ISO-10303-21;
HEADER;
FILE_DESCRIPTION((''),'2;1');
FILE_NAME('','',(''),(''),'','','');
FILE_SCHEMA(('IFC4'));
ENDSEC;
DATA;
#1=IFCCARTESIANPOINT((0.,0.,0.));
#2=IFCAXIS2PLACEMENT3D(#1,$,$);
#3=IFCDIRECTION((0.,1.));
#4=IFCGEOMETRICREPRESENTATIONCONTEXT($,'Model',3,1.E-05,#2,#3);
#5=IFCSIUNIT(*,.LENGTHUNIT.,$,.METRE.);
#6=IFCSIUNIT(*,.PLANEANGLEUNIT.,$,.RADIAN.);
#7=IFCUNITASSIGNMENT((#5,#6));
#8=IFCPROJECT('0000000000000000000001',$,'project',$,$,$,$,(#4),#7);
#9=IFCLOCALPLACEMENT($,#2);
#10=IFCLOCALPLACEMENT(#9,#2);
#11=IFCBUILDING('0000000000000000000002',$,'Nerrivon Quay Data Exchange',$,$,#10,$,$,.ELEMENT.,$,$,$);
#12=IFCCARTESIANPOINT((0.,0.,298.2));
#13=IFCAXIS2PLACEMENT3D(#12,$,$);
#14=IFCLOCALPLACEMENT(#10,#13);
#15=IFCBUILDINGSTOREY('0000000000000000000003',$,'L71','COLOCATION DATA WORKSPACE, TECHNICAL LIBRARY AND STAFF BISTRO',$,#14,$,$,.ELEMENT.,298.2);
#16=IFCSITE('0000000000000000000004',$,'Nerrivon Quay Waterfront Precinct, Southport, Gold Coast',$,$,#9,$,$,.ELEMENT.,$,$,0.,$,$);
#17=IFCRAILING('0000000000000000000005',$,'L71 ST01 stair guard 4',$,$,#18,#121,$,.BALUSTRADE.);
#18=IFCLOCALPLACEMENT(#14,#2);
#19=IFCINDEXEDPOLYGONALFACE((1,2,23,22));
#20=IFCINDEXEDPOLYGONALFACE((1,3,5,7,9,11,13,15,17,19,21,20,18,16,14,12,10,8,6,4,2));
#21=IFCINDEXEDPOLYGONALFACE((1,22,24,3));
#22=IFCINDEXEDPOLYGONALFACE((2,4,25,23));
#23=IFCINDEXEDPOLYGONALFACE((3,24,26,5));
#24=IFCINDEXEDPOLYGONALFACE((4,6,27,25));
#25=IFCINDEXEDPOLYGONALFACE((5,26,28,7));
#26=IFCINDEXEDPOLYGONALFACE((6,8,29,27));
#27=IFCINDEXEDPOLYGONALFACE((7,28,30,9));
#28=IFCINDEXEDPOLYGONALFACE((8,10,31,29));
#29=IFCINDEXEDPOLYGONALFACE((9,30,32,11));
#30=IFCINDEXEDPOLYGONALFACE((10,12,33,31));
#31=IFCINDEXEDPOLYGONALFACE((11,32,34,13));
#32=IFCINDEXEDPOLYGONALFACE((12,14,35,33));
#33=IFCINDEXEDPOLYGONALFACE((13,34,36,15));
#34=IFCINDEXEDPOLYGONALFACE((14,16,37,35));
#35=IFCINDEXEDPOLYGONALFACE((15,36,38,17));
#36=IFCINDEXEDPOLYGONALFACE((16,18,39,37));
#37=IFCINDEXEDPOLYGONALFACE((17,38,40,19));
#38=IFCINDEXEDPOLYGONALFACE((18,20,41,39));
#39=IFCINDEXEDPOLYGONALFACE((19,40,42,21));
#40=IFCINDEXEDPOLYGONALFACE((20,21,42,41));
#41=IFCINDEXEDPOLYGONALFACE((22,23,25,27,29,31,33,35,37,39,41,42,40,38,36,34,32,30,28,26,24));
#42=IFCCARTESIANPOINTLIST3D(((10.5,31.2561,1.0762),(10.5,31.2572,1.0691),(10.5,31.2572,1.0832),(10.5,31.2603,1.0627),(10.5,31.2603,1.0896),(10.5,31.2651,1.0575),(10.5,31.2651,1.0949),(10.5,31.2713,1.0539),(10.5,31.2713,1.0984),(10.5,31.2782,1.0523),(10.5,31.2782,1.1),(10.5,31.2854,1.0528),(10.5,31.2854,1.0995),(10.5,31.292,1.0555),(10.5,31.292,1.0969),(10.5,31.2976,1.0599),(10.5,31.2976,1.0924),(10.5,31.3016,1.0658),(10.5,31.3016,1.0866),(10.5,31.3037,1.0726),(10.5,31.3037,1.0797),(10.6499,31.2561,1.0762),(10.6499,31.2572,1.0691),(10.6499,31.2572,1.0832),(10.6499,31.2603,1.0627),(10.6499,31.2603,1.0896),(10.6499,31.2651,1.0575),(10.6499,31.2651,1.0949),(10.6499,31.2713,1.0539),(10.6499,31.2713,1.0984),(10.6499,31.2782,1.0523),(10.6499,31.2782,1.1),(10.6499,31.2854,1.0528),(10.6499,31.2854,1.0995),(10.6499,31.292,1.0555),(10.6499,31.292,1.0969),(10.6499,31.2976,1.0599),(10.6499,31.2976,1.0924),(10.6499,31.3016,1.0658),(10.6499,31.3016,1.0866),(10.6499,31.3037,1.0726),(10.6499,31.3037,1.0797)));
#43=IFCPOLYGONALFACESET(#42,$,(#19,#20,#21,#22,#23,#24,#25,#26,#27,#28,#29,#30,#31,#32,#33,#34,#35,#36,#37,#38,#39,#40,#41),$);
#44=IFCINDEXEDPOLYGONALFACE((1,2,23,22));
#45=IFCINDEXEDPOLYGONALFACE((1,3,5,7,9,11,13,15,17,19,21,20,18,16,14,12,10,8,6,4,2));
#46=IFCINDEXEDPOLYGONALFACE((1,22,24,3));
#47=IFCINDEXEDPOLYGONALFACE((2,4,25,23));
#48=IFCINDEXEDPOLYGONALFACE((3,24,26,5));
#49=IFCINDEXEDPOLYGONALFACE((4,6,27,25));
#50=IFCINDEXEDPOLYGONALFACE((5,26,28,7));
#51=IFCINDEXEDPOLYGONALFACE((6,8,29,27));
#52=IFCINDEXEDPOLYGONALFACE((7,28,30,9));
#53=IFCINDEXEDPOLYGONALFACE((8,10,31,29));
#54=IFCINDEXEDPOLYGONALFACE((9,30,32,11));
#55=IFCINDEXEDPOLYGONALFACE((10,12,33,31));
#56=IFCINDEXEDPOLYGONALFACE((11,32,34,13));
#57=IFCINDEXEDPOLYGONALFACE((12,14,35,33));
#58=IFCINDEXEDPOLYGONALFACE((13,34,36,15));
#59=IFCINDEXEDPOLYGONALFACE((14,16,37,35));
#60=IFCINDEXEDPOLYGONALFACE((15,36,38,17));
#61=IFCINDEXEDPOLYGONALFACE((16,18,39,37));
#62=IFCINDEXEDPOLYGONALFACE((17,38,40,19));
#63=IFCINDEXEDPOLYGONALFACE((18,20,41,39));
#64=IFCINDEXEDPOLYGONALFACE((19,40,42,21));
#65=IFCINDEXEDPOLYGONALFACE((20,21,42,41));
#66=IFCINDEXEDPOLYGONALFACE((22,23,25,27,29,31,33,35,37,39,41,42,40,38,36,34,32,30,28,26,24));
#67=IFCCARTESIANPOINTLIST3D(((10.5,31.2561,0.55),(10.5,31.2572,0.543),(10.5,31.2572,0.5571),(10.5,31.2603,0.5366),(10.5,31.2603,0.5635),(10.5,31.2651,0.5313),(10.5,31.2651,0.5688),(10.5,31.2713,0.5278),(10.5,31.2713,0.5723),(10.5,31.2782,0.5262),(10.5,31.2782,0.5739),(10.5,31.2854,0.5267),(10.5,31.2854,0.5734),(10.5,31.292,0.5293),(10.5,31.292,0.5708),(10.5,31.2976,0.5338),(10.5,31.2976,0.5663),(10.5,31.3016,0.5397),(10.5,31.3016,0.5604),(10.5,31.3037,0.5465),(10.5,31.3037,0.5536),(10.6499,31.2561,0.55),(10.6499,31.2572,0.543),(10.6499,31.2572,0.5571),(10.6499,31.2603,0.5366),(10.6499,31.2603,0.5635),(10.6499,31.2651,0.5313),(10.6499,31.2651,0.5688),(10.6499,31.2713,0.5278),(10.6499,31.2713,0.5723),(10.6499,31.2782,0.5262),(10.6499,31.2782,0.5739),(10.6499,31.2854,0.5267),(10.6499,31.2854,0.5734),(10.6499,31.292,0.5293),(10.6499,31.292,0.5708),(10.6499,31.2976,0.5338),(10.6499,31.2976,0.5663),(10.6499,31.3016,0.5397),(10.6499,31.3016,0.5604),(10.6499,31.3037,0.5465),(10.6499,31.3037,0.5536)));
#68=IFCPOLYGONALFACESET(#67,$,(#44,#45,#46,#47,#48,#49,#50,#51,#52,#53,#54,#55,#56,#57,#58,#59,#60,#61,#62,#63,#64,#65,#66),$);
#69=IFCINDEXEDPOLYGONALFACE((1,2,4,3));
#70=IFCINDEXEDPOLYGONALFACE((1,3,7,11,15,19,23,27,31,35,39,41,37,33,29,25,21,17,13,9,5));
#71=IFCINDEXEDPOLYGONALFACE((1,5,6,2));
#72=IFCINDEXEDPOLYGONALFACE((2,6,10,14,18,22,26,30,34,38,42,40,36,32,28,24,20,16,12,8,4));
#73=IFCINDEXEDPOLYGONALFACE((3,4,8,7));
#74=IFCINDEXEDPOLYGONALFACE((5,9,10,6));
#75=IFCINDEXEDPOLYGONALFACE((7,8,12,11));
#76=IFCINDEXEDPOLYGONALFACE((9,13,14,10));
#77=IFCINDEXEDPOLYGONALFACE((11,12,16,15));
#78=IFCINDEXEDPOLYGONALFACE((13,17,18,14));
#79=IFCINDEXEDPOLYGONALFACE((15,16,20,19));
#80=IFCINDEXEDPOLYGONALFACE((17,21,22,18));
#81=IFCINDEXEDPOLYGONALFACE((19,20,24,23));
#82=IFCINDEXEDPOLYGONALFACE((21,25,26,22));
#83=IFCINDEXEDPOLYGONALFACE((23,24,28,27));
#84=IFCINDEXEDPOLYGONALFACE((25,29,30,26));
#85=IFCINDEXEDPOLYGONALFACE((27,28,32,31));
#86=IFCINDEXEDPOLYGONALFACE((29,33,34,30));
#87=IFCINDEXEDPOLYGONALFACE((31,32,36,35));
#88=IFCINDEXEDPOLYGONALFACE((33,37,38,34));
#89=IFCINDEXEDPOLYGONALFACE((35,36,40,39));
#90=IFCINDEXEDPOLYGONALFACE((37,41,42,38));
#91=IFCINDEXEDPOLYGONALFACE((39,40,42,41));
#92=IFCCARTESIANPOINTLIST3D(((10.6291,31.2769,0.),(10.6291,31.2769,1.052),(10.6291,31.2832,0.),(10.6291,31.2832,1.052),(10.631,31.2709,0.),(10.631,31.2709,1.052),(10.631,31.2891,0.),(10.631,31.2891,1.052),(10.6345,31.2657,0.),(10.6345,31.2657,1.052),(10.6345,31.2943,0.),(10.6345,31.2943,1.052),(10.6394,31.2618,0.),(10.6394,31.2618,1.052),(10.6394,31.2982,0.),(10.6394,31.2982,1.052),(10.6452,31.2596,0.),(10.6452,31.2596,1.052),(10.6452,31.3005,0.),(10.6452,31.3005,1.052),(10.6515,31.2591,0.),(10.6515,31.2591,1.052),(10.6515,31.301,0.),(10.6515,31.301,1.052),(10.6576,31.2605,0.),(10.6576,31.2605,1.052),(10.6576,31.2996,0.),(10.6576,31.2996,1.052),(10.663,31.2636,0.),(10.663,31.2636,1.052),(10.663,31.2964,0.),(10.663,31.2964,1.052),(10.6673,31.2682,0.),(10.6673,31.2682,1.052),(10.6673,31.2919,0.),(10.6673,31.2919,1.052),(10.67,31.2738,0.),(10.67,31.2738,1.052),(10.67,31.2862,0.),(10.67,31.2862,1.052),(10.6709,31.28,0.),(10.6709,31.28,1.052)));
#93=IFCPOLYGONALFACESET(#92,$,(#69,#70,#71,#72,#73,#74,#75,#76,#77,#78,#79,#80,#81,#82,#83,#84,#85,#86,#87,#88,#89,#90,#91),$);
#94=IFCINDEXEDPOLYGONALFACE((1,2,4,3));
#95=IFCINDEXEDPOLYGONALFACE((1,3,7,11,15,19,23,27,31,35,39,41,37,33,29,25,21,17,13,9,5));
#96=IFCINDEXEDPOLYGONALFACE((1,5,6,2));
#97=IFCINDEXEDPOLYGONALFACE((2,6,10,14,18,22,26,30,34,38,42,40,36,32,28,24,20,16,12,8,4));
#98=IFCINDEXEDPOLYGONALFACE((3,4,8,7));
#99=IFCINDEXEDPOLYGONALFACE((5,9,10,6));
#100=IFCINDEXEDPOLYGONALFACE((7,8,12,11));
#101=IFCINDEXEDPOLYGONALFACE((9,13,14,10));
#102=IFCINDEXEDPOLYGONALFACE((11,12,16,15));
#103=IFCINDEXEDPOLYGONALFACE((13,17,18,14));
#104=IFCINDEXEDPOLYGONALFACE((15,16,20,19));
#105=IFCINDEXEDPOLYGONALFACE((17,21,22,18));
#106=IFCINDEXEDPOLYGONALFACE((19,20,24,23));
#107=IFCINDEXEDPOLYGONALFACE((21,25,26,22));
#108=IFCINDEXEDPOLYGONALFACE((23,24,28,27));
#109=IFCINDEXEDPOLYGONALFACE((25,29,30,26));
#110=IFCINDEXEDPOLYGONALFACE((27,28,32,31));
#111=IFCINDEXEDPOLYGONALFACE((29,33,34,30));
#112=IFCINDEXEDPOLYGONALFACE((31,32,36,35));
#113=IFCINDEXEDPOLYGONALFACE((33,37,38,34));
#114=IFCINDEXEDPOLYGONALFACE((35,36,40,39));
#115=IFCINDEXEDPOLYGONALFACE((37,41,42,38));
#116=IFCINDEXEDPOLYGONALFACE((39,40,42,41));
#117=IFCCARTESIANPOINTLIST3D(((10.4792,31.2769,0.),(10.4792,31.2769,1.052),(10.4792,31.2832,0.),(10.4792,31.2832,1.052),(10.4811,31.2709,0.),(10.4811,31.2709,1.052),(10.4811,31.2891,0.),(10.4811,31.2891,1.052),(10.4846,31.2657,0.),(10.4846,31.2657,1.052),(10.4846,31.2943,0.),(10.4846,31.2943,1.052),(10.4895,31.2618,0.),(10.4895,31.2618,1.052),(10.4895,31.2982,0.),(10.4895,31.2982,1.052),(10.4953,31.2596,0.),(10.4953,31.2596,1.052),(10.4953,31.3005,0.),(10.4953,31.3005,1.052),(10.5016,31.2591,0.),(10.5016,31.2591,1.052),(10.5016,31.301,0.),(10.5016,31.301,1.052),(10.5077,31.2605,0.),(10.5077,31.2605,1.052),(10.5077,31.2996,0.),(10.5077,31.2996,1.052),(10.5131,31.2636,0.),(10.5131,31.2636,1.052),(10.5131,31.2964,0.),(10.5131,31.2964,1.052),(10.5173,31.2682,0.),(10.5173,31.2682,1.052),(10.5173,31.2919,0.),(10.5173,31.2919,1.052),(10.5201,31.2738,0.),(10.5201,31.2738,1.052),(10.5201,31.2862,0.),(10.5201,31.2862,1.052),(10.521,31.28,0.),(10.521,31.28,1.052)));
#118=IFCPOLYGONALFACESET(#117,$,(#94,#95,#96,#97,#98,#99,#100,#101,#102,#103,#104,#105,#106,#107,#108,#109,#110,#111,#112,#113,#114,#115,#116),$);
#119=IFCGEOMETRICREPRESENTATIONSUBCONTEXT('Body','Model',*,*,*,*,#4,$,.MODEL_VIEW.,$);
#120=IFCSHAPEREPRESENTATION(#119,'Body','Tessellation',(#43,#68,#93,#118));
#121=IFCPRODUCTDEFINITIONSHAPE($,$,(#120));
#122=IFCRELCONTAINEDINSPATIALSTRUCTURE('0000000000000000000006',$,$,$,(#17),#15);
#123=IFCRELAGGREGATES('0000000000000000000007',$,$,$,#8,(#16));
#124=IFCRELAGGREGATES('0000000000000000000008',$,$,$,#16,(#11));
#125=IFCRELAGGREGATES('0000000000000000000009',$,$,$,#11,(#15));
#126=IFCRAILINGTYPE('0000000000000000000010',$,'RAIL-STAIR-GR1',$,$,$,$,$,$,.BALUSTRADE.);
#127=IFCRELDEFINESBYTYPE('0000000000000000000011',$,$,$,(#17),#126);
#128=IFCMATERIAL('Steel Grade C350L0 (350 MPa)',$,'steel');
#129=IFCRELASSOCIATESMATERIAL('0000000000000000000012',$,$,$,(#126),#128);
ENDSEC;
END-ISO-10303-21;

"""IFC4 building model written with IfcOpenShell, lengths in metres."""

from ifc_helpers import new_model, si_unit, direction, frame, origin, origin_2d, place, context, subcontext, project, spatial, circle, extrude, material, type_object, element, save


model = new_model("IFC4")

# Units and contexts
model_context = context("Model", 3, precision=1e-05, world=origin(), true_north=direction((0.0, 1.0)))
body_context = subcontext(model_context, "Body", "Model", "MODEL_VIEW")
ifc_project = project(units=[si_unit("LENGTHUNIT", "METRE"), si_unit("PLANEANGLEUNIT", "RADIAN")], contexts=[model_context])

# Site, building, storey
site_placement = place(None, origin())
site = spatial("IfcSite", under=ifc_project, at=site_placement, Name="Nerrivon Quay Waterfront Precinct, Southport, Gold Coast", CompositionType="ELEMENT", RefElevation=0.0)
building_placement = place(site_placement, origin())
building = spatial("IfcBuilding", under=site, at=building_placement, Name="Nerrivon Quay Data Exchange", CompositionType="ELEMENT")
storey_placement = place(building_placement, frame((0.0, 0.0, 298.2)))
storey = spatial("IfcBuildingStorey", under=building, at=storey_placement, Name="L71", Description="COLOCATION DATA WORKSPACE, TECHNICAL LIBRARY AND STAFF BISTRO", CompositionType="ELEMENT", Elevation=298.2)

# Railing
ifc_material_1 = material(Name="Steel Grade C350L0 (350 MPa)", Category="steel")
railing_type_1 = type_object("IfcRailingType", Name="RAIL-STAIR-GR1", PredefinedType="BALUSTRADE", material=ifc_material_1)
railing_1_placement = place(storey_placement, frame((10.6499, 31.28, 0.0)))
element("IfcRailing", 1, at=railing_1_placement, inside=storey, type_object=railing_type_1, Name="L71 ST01 stair guard 4", PredefinedType="BALUSTRADE", context=body_context, shape_type="SweptSolid", body=[
    extrude(circle(Radius=0.0239, at=origin_2d()), frame((0.0, 0.0, 1.0762), z_axis=(-1.0, 0.0, 0.0), x_axis=(0.0, -1.0, 0.0)), (0.0, 0.0, 1.0), 0.1499),
    extrude(circle(Radius=0.0239, at=origin_2d()), frame((0.0, 0.0, 0.55), z_axis=(-1.0, 0.0, 0.0), x_axis=(0.0, -1.0, 0.0)), (0.0, 0.0, 1.0), 0.1499),
    extrude(circle(Radius=0.021, at=origin_2d()), origin(), (0.0, 0.0, 1.0), 1.052),
    extrude(circle(Radius=0.021, at=origin_2d()), frame((-0.1499, 0.0, 0.0)), (0.0, 0.0, 1.0), 1.052),
])

save(model, "model.ifc")
